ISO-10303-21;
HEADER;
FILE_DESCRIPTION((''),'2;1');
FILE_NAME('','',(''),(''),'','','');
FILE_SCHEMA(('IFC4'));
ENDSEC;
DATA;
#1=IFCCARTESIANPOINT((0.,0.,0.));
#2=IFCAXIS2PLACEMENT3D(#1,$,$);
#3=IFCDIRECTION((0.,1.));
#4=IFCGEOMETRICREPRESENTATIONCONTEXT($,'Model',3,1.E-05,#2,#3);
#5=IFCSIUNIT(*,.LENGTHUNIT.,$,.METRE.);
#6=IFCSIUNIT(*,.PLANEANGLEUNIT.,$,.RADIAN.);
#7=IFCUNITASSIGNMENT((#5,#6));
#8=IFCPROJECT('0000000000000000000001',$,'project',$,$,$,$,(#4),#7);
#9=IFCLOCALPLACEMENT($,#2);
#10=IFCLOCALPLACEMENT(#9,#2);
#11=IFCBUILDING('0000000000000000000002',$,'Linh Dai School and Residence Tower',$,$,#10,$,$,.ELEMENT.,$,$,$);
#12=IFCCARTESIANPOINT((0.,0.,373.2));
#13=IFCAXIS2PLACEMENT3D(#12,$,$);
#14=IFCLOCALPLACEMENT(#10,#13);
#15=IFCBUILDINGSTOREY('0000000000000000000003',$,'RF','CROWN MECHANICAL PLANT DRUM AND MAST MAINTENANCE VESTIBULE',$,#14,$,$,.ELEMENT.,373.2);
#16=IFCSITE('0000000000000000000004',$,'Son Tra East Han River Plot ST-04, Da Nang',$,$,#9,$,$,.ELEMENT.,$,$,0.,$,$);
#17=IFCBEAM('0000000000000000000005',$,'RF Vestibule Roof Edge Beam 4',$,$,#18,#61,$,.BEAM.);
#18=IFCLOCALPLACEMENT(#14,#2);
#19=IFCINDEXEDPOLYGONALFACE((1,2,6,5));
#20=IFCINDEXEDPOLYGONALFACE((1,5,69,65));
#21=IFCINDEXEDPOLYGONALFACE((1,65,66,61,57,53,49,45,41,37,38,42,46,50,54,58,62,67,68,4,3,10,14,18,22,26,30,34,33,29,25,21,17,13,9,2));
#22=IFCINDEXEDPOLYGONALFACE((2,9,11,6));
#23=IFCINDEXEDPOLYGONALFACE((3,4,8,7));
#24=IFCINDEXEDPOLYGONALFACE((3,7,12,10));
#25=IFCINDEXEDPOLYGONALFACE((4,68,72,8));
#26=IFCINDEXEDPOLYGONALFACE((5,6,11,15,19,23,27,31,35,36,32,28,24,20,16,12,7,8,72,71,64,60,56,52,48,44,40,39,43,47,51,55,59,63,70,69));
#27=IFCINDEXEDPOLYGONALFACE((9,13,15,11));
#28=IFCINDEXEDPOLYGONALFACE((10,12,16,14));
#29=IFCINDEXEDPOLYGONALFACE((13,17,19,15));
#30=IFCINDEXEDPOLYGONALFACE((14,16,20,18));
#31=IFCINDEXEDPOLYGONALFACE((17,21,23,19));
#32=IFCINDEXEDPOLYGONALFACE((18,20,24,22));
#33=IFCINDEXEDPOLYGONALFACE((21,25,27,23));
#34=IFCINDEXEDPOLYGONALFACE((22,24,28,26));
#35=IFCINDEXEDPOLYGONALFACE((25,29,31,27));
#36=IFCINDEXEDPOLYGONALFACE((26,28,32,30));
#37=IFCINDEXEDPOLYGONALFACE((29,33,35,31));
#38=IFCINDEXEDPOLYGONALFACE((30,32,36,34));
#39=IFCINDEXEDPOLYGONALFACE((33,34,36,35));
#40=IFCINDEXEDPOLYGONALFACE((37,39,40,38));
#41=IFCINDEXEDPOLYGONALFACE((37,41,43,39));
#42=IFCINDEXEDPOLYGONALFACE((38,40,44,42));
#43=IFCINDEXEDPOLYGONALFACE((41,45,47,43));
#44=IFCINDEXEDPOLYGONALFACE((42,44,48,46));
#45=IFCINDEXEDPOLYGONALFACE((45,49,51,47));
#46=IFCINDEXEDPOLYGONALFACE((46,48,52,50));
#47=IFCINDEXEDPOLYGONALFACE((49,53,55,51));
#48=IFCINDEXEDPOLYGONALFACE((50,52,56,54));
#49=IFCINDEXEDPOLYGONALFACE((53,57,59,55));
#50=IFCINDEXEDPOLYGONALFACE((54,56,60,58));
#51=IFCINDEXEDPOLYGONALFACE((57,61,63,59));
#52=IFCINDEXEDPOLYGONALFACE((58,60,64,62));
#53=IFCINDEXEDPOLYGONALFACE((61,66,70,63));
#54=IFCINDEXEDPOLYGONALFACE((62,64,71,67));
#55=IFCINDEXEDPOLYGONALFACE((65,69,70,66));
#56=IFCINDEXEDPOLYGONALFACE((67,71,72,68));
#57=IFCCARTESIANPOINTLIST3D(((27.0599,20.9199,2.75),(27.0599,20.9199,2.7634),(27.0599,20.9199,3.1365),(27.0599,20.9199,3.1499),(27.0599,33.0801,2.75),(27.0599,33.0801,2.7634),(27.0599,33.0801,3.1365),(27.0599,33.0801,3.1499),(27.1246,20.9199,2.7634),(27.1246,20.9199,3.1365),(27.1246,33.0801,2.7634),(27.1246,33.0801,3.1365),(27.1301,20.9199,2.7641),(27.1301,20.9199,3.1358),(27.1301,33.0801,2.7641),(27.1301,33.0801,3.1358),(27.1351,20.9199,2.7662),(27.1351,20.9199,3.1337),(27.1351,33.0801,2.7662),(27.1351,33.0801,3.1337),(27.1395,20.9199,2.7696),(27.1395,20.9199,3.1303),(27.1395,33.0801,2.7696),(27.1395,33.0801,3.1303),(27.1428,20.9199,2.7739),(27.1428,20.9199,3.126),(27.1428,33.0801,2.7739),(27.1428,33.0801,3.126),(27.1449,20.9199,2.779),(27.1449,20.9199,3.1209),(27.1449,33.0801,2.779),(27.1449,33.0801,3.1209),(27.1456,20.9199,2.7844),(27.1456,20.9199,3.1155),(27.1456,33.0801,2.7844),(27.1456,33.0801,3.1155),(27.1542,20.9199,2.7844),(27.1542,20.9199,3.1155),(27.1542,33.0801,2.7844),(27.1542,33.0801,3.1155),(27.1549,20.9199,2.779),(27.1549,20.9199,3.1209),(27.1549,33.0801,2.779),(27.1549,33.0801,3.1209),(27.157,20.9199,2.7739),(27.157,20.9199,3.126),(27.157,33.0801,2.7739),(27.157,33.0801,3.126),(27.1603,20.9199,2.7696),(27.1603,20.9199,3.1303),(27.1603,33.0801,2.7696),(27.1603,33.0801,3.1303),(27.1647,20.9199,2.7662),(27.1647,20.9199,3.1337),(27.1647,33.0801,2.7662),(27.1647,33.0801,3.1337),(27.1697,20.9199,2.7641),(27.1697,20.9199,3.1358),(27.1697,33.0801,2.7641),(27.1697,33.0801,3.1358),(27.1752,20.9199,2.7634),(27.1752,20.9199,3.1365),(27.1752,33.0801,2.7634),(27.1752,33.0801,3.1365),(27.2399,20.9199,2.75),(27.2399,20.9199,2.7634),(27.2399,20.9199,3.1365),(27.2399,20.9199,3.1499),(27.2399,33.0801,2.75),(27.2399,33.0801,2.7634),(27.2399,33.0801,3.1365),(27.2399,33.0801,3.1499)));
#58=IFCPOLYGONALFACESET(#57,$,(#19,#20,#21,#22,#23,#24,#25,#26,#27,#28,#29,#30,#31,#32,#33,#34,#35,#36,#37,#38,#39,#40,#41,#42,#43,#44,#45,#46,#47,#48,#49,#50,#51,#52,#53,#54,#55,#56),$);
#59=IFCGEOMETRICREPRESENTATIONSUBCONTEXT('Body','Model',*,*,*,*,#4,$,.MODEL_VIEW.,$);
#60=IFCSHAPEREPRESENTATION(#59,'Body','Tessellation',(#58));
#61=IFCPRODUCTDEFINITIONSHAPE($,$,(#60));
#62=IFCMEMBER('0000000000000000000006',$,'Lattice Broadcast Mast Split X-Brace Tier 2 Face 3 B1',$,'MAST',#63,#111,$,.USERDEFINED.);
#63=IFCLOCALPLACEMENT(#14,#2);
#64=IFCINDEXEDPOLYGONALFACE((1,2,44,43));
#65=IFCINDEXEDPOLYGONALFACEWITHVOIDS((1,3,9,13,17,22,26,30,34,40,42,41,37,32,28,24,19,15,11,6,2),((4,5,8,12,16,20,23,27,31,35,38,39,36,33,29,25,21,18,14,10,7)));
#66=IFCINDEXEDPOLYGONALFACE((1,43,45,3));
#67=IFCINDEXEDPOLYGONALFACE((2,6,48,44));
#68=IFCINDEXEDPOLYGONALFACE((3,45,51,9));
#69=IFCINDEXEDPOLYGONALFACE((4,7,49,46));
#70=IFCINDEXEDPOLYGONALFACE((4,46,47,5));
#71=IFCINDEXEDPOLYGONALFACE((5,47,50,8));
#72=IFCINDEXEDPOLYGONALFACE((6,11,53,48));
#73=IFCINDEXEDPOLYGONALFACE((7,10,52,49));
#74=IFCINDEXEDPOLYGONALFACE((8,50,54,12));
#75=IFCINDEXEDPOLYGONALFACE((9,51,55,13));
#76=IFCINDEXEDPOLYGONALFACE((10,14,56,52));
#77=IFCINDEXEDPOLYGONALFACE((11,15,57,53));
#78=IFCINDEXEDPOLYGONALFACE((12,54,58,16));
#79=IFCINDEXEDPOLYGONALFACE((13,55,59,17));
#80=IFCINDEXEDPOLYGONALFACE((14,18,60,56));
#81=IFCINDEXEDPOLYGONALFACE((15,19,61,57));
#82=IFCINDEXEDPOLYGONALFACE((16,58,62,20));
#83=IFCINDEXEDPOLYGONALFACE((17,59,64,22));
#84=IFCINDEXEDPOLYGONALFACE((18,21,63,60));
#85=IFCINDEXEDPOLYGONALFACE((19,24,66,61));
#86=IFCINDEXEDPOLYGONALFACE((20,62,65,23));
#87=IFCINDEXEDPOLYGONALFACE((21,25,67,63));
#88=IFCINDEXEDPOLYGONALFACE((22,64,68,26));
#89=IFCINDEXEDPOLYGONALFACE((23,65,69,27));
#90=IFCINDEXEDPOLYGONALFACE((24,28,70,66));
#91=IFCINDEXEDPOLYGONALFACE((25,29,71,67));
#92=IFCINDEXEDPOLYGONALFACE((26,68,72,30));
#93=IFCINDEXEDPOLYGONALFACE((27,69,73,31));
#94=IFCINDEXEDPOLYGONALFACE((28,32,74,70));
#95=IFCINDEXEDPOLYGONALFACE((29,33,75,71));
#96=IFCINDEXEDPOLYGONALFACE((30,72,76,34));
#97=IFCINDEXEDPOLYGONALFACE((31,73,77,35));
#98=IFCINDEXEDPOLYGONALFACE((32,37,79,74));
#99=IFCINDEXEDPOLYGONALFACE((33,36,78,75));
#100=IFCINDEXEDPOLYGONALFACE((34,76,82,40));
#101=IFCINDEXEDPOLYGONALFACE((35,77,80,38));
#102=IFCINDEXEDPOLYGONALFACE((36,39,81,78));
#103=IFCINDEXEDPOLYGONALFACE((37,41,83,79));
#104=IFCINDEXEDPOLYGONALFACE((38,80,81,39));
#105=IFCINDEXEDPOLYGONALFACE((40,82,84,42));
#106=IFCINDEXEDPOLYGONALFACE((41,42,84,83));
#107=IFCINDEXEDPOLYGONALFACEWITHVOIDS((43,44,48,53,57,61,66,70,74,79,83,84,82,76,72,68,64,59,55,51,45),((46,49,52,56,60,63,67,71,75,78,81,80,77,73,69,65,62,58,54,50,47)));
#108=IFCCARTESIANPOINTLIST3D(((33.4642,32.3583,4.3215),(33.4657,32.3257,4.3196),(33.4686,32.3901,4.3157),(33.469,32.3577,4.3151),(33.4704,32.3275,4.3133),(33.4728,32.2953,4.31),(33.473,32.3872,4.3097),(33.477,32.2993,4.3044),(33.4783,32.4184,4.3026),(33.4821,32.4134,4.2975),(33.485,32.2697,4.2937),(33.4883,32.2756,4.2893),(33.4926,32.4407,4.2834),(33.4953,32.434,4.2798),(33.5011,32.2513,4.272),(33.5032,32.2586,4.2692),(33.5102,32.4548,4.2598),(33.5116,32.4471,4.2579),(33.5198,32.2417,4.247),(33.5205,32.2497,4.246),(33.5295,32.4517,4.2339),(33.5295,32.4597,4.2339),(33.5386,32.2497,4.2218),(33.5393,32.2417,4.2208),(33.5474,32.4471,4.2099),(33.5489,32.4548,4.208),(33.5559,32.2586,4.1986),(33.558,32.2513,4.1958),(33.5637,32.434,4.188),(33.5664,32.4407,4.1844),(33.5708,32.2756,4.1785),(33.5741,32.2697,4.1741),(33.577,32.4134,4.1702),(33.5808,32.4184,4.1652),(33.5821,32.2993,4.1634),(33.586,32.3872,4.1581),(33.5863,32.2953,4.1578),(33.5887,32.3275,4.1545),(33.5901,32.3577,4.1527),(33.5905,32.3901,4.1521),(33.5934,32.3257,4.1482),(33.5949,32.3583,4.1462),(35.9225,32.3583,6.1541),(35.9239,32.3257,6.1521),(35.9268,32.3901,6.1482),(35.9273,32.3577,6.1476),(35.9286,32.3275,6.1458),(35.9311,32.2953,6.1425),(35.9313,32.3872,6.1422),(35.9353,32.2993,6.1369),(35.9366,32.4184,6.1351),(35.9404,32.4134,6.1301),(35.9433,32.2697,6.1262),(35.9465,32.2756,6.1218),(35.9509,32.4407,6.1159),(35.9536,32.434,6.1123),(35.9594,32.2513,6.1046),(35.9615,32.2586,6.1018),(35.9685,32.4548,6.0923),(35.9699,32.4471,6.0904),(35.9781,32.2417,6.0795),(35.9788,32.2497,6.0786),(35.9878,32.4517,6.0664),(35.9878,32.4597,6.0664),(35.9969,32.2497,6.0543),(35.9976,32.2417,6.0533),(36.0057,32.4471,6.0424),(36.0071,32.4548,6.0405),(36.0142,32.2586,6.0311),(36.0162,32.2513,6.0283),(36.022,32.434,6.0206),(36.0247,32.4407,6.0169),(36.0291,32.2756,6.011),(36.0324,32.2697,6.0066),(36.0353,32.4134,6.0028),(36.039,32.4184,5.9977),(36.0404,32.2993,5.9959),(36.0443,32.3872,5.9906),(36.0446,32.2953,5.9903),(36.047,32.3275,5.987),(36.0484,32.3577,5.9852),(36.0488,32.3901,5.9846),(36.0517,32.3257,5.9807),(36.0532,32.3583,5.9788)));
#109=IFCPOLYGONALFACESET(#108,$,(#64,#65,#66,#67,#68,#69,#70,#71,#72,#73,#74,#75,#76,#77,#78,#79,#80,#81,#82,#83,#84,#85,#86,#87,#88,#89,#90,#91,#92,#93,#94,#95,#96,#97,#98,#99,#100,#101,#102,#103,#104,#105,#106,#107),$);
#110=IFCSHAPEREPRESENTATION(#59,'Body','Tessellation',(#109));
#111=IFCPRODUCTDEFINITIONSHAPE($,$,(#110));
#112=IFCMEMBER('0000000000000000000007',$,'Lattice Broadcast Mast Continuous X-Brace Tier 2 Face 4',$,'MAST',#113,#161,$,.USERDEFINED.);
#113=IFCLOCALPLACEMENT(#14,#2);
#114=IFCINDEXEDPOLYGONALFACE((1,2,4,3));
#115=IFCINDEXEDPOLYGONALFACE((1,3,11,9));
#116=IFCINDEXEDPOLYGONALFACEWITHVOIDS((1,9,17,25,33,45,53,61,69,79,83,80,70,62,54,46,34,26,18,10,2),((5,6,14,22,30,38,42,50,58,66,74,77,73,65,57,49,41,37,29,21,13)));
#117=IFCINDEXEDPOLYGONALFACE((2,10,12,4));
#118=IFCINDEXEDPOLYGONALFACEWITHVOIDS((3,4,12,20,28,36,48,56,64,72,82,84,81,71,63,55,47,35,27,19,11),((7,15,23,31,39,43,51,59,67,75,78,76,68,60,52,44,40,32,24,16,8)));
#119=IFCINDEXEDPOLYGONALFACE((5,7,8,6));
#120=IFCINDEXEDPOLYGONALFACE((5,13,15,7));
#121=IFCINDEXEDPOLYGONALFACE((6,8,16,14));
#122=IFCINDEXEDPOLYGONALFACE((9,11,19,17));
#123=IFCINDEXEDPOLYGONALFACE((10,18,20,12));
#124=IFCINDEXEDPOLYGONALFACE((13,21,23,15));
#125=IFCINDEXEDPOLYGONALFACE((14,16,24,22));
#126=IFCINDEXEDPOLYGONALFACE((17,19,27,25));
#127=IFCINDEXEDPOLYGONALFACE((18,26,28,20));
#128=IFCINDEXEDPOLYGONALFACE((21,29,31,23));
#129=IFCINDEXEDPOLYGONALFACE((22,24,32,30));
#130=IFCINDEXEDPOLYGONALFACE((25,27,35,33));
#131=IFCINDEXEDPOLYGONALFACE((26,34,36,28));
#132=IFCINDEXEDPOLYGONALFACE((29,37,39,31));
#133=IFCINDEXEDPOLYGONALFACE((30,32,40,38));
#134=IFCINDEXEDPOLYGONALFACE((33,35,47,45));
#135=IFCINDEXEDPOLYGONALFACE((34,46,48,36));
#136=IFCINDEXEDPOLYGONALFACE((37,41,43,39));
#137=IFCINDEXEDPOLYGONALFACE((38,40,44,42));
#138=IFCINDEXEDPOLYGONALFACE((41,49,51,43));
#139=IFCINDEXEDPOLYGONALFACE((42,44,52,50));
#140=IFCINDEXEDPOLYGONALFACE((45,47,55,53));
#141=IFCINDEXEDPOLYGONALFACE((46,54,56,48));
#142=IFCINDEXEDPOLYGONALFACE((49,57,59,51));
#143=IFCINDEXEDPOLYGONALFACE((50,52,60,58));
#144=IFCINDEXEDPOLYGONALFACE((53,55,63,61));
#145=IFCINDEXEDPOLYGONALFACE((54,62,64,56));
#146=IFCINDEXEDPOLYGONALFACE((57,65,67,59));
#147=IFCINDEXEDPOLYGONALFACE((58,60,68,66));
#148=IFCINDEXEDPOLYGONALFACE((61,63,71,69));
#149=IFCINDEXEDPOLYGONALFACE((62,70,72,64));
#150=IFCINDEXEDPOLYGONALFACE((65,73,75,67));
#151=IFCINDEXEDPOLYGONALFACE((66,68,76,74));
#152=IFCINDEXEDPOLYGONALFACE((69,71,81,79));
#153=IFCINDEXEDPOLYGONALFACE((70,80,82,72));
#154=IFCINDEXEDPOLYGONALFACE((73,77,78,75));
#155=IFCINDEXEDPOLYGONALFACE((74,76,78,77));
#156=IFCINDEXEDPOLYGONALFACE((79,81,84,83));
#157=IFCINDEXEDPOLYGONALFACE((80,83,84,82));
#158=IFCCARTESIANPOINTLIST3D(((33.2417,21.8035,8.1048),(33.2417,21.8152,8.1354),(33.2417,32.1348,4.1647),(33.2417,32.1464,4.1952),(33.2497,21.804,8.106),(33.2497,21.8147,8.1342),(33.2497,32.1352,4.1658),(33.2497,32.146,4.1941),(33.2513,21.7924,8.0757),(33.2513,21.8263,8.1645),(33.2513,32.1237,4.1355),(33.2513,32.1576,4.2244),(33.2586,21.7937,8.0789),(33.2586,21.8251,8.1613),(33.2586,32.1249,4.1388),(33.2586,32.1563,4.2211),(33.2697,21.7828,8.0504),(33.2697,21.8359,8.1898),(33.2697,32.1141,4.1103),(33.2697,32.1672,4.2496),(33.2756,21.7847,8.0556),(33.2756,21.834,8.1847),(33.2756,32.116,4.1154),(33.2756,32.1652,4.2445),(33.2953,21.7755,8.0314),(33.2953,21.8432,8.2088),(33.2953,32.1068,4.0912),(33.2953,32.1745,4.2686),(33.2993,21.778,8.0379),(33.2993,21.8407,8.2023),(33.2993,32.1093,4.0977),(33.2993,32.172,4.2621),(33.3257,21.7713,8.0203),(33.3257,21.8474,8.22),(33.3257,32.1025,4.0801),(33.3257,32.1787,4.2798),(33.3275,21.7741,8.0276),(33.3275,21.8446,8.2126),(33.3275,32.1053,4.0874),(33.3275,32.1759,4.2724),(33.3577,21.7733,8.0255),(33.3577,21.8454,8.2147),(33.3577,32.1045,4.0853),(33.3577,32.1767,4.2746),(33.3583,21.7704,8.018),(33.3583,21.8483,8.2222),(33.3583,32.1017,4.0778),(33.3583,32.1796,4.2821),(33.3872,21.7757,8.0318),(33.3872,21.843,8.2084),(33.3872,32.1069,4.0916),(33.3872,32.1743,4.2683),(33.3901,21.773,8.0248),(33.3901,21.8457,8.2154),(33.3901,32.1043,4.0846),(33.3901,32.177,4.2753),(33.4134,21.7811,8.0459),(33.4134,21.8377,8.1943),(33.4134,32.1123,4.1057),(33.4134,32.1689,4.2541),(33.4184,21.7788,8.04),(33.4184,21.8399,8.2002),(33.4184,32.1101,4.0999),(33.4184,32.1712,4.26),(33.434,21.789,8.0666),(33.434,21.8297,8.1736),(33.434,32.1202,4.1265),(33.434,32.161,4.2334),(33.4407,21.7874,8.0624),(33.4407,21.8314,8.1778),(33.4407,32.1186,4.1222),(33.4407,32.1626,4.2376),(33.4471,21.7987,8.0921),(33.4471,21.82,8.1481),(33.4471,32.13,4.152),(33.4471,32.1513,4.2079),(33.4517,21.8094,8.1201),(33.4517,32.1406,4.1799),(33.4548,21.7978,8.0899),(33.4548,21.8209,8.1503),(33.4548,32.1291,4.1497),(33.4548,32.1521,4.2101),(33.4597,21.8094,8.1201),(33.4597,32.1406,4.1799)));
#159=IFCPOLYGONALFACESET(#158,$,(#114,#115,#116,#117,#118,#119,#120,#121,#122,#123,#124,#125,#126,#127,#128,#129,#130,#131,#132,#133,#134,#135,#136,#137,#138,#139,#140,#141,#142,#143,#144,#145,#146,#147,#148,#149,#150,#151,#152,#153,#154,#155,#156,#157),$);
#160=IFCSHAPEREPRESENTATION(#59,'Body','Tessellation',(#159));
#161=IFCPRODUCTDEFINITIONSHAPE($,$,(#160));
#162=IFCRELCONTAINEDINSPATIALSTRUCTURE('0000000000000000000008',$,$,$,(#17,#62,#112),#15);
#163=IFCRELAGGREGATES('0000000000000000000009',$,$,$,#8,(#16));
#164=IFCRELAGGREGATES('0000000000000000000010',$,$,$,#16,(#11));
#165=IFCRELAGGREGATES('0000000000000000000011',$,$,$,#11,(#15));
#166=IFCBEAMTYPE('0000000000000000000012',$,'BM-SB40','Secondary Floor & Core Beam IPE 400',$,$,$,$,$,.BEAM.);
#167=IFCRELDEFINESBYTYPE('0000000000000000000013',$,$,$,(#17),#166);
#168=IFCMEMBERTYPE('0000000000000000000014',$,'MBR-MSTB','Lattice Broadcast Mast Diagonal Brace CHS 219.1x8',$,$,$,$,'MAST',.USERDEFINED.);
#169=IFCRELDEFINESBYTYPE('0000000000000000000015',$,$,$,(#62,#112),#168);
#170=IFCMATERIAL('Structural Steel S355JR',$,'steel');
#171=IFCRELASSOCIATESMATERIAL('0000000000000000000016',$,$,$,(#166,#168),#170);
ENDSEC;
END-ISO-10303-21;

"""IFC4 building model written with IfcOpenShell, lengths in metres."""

from ifc_helpers import new_model, si_unit, direction, frame, origin, origin_2d, place, context, subcontext, project, spatial, hollow_circle, i_section, extrude, material, material_profile, profile_set, type_object, element, save


model = new_model("IFC4")

# Units and contexts
model_context = context("Model", 3, precision=1e-05, world=origin(), true_north=direction((0.0, 1.0)))
body_context = subcontext(model_context, "Body", "Model", "MODEL_VIEW")
ifc_project = project(units=[si_unit("LENGTHUNIT", "METRE"), si_unit("PLANEANGLEUNIT", "RADIAN")], contexts=[model_context])

# Site, building, storey
site_placement = place(None, origin())
site = spatial("IfcSite", under=ifc_project, at=site_placement, Name="Son Tra East Han River Plot ST-04, Da Nang", CompositionType="ELEMENT", RefElevation=0.0)
building_placement = place(site_placement, origin())
building = spatial("IfcBuilding", under=site, at=building_placement, Name="Linh Dai School and Residence Tower", CompositionType="ELEMENT")
storey_placement = place(building_placement, frame((0.0, 0.0, 373.2)))
storey = spatial("IfcBuildingStorey", under=building, at=storey_placement, Name="RF", Description="CROWN MECHANICAL PLANT DRUM AND MAST MAINTENANCE VESTIBULE", CompositionType="ELEMENT", Elevation=373.2)

# Shared definitions
ifc_material_1 = material(Name="Structural Steel S355JR", Category="steel")

# Beam
ifc_material_profile_1 = material_profile(ifc_material_1, i_section(OverallWidth=0.1799, OverallDepth=0.3999, WebThickness=0.0085, FlangeThickness=0.0134, FilletRadius=0.021, at=origin_2d()), Name="IPE 400")
ifc_profile_set_1 = profile_set([ifc_material_profile_1], Name="Structural Steel S355JR")
beam_type_1 = type_object("IfcBeamType", Name="BM-SB40", Description="Secondary Floor & Core Beam IPE 400", PredefinedType="BEAM", material=ifc_profile_set_1)
beam_placement = place(storey_placement, frame((27.1499, 33.0801, 2.95), z_axis=(0.0, -1.0, 0.0), x_axis=(1.0, 0.0, 0.0)))
element("IfcBeam", 1, at=beam_placement, inside=storey, type_object=beam_type_1, Name="RF Vestibule Roof Edge Beam 4", PredefinedType="BEAM", context=body_context, shape_type="SweptSolid", body=[
    extrude(i_section(OverallWidth=0.1799, OverallDepth=0.3999, WebThickness=0.0085, FlangeThickness=0.0134, FilletRadius=0.021, at=origin_2d()), origin(), (0.0, 0.0, 1.0), 12.1602),
])

# Members
ifc_material_profile_2 = material_profile(ifc_material_1, hollow_circle(Radius=0.1096, WallThickness=0.0081, at=origin_2d()), Name="CHS 219.1x8")
ifc_profile_set_2 = profile_set([ifc_material_profile_2], Name="Structural Steel S355JR")
member_type = type_object("IfcMemberType", Name="MBR-MSTB", Description="Lattice Broadcast Mast Diagonal Brace CHS 219.1x8", ElementType="MAST", PredefinedType="USERDEFINED", material=ifc_profile_set_2)
member_1_placement = place(storey_placement, frame((33.5295, 32.3501, 4.2339), z_axis=(0.801745, 0.0, 0.597666), x_axis=(0.0, 1.0, 0.0)))
element("IfcMember", 2, at=member_1_placement, inside=storey, type_object=member_type, Name="Lattice Broadcast Mast Split X-Brace Tier 2 Face 3 B1", ObjectType="MAST", PredefinedType="USERDEFINED", context=body_context, shape_type="SweptSolid", body=[
    extrude(hollow_circle(Radius=0.1096, WallThickness=0.0081, at=origin_2d()), origin(), (0.0, 0.0, 1.0), 3.0662),
])
member_2_placement = place(storey_placement, frame((33.3501, 32.1406, 4.1799), z_axis=(0.0, -0.934354, 0.356347), x_axis=(1.0, 0.0, 0.0)))
element("IfcMember", 3, at=member_2_placement, inside=storey, type_object=member_type, Name="Lattice Broadcast Mast Continuous X-Brace Tier 2 Face 4", ObjectType="MAST", PredefinedType="USERDEFINED", context=body_context, shape_type="SweptSolid", body=[
    extrude(hollow_circle(Radius=0.1096, WallThickness=0.0081, at=origin_2d()), origin(), (0.0, 0.0, 1.0), 11.0571),
])

save(model, "model.ifc")
